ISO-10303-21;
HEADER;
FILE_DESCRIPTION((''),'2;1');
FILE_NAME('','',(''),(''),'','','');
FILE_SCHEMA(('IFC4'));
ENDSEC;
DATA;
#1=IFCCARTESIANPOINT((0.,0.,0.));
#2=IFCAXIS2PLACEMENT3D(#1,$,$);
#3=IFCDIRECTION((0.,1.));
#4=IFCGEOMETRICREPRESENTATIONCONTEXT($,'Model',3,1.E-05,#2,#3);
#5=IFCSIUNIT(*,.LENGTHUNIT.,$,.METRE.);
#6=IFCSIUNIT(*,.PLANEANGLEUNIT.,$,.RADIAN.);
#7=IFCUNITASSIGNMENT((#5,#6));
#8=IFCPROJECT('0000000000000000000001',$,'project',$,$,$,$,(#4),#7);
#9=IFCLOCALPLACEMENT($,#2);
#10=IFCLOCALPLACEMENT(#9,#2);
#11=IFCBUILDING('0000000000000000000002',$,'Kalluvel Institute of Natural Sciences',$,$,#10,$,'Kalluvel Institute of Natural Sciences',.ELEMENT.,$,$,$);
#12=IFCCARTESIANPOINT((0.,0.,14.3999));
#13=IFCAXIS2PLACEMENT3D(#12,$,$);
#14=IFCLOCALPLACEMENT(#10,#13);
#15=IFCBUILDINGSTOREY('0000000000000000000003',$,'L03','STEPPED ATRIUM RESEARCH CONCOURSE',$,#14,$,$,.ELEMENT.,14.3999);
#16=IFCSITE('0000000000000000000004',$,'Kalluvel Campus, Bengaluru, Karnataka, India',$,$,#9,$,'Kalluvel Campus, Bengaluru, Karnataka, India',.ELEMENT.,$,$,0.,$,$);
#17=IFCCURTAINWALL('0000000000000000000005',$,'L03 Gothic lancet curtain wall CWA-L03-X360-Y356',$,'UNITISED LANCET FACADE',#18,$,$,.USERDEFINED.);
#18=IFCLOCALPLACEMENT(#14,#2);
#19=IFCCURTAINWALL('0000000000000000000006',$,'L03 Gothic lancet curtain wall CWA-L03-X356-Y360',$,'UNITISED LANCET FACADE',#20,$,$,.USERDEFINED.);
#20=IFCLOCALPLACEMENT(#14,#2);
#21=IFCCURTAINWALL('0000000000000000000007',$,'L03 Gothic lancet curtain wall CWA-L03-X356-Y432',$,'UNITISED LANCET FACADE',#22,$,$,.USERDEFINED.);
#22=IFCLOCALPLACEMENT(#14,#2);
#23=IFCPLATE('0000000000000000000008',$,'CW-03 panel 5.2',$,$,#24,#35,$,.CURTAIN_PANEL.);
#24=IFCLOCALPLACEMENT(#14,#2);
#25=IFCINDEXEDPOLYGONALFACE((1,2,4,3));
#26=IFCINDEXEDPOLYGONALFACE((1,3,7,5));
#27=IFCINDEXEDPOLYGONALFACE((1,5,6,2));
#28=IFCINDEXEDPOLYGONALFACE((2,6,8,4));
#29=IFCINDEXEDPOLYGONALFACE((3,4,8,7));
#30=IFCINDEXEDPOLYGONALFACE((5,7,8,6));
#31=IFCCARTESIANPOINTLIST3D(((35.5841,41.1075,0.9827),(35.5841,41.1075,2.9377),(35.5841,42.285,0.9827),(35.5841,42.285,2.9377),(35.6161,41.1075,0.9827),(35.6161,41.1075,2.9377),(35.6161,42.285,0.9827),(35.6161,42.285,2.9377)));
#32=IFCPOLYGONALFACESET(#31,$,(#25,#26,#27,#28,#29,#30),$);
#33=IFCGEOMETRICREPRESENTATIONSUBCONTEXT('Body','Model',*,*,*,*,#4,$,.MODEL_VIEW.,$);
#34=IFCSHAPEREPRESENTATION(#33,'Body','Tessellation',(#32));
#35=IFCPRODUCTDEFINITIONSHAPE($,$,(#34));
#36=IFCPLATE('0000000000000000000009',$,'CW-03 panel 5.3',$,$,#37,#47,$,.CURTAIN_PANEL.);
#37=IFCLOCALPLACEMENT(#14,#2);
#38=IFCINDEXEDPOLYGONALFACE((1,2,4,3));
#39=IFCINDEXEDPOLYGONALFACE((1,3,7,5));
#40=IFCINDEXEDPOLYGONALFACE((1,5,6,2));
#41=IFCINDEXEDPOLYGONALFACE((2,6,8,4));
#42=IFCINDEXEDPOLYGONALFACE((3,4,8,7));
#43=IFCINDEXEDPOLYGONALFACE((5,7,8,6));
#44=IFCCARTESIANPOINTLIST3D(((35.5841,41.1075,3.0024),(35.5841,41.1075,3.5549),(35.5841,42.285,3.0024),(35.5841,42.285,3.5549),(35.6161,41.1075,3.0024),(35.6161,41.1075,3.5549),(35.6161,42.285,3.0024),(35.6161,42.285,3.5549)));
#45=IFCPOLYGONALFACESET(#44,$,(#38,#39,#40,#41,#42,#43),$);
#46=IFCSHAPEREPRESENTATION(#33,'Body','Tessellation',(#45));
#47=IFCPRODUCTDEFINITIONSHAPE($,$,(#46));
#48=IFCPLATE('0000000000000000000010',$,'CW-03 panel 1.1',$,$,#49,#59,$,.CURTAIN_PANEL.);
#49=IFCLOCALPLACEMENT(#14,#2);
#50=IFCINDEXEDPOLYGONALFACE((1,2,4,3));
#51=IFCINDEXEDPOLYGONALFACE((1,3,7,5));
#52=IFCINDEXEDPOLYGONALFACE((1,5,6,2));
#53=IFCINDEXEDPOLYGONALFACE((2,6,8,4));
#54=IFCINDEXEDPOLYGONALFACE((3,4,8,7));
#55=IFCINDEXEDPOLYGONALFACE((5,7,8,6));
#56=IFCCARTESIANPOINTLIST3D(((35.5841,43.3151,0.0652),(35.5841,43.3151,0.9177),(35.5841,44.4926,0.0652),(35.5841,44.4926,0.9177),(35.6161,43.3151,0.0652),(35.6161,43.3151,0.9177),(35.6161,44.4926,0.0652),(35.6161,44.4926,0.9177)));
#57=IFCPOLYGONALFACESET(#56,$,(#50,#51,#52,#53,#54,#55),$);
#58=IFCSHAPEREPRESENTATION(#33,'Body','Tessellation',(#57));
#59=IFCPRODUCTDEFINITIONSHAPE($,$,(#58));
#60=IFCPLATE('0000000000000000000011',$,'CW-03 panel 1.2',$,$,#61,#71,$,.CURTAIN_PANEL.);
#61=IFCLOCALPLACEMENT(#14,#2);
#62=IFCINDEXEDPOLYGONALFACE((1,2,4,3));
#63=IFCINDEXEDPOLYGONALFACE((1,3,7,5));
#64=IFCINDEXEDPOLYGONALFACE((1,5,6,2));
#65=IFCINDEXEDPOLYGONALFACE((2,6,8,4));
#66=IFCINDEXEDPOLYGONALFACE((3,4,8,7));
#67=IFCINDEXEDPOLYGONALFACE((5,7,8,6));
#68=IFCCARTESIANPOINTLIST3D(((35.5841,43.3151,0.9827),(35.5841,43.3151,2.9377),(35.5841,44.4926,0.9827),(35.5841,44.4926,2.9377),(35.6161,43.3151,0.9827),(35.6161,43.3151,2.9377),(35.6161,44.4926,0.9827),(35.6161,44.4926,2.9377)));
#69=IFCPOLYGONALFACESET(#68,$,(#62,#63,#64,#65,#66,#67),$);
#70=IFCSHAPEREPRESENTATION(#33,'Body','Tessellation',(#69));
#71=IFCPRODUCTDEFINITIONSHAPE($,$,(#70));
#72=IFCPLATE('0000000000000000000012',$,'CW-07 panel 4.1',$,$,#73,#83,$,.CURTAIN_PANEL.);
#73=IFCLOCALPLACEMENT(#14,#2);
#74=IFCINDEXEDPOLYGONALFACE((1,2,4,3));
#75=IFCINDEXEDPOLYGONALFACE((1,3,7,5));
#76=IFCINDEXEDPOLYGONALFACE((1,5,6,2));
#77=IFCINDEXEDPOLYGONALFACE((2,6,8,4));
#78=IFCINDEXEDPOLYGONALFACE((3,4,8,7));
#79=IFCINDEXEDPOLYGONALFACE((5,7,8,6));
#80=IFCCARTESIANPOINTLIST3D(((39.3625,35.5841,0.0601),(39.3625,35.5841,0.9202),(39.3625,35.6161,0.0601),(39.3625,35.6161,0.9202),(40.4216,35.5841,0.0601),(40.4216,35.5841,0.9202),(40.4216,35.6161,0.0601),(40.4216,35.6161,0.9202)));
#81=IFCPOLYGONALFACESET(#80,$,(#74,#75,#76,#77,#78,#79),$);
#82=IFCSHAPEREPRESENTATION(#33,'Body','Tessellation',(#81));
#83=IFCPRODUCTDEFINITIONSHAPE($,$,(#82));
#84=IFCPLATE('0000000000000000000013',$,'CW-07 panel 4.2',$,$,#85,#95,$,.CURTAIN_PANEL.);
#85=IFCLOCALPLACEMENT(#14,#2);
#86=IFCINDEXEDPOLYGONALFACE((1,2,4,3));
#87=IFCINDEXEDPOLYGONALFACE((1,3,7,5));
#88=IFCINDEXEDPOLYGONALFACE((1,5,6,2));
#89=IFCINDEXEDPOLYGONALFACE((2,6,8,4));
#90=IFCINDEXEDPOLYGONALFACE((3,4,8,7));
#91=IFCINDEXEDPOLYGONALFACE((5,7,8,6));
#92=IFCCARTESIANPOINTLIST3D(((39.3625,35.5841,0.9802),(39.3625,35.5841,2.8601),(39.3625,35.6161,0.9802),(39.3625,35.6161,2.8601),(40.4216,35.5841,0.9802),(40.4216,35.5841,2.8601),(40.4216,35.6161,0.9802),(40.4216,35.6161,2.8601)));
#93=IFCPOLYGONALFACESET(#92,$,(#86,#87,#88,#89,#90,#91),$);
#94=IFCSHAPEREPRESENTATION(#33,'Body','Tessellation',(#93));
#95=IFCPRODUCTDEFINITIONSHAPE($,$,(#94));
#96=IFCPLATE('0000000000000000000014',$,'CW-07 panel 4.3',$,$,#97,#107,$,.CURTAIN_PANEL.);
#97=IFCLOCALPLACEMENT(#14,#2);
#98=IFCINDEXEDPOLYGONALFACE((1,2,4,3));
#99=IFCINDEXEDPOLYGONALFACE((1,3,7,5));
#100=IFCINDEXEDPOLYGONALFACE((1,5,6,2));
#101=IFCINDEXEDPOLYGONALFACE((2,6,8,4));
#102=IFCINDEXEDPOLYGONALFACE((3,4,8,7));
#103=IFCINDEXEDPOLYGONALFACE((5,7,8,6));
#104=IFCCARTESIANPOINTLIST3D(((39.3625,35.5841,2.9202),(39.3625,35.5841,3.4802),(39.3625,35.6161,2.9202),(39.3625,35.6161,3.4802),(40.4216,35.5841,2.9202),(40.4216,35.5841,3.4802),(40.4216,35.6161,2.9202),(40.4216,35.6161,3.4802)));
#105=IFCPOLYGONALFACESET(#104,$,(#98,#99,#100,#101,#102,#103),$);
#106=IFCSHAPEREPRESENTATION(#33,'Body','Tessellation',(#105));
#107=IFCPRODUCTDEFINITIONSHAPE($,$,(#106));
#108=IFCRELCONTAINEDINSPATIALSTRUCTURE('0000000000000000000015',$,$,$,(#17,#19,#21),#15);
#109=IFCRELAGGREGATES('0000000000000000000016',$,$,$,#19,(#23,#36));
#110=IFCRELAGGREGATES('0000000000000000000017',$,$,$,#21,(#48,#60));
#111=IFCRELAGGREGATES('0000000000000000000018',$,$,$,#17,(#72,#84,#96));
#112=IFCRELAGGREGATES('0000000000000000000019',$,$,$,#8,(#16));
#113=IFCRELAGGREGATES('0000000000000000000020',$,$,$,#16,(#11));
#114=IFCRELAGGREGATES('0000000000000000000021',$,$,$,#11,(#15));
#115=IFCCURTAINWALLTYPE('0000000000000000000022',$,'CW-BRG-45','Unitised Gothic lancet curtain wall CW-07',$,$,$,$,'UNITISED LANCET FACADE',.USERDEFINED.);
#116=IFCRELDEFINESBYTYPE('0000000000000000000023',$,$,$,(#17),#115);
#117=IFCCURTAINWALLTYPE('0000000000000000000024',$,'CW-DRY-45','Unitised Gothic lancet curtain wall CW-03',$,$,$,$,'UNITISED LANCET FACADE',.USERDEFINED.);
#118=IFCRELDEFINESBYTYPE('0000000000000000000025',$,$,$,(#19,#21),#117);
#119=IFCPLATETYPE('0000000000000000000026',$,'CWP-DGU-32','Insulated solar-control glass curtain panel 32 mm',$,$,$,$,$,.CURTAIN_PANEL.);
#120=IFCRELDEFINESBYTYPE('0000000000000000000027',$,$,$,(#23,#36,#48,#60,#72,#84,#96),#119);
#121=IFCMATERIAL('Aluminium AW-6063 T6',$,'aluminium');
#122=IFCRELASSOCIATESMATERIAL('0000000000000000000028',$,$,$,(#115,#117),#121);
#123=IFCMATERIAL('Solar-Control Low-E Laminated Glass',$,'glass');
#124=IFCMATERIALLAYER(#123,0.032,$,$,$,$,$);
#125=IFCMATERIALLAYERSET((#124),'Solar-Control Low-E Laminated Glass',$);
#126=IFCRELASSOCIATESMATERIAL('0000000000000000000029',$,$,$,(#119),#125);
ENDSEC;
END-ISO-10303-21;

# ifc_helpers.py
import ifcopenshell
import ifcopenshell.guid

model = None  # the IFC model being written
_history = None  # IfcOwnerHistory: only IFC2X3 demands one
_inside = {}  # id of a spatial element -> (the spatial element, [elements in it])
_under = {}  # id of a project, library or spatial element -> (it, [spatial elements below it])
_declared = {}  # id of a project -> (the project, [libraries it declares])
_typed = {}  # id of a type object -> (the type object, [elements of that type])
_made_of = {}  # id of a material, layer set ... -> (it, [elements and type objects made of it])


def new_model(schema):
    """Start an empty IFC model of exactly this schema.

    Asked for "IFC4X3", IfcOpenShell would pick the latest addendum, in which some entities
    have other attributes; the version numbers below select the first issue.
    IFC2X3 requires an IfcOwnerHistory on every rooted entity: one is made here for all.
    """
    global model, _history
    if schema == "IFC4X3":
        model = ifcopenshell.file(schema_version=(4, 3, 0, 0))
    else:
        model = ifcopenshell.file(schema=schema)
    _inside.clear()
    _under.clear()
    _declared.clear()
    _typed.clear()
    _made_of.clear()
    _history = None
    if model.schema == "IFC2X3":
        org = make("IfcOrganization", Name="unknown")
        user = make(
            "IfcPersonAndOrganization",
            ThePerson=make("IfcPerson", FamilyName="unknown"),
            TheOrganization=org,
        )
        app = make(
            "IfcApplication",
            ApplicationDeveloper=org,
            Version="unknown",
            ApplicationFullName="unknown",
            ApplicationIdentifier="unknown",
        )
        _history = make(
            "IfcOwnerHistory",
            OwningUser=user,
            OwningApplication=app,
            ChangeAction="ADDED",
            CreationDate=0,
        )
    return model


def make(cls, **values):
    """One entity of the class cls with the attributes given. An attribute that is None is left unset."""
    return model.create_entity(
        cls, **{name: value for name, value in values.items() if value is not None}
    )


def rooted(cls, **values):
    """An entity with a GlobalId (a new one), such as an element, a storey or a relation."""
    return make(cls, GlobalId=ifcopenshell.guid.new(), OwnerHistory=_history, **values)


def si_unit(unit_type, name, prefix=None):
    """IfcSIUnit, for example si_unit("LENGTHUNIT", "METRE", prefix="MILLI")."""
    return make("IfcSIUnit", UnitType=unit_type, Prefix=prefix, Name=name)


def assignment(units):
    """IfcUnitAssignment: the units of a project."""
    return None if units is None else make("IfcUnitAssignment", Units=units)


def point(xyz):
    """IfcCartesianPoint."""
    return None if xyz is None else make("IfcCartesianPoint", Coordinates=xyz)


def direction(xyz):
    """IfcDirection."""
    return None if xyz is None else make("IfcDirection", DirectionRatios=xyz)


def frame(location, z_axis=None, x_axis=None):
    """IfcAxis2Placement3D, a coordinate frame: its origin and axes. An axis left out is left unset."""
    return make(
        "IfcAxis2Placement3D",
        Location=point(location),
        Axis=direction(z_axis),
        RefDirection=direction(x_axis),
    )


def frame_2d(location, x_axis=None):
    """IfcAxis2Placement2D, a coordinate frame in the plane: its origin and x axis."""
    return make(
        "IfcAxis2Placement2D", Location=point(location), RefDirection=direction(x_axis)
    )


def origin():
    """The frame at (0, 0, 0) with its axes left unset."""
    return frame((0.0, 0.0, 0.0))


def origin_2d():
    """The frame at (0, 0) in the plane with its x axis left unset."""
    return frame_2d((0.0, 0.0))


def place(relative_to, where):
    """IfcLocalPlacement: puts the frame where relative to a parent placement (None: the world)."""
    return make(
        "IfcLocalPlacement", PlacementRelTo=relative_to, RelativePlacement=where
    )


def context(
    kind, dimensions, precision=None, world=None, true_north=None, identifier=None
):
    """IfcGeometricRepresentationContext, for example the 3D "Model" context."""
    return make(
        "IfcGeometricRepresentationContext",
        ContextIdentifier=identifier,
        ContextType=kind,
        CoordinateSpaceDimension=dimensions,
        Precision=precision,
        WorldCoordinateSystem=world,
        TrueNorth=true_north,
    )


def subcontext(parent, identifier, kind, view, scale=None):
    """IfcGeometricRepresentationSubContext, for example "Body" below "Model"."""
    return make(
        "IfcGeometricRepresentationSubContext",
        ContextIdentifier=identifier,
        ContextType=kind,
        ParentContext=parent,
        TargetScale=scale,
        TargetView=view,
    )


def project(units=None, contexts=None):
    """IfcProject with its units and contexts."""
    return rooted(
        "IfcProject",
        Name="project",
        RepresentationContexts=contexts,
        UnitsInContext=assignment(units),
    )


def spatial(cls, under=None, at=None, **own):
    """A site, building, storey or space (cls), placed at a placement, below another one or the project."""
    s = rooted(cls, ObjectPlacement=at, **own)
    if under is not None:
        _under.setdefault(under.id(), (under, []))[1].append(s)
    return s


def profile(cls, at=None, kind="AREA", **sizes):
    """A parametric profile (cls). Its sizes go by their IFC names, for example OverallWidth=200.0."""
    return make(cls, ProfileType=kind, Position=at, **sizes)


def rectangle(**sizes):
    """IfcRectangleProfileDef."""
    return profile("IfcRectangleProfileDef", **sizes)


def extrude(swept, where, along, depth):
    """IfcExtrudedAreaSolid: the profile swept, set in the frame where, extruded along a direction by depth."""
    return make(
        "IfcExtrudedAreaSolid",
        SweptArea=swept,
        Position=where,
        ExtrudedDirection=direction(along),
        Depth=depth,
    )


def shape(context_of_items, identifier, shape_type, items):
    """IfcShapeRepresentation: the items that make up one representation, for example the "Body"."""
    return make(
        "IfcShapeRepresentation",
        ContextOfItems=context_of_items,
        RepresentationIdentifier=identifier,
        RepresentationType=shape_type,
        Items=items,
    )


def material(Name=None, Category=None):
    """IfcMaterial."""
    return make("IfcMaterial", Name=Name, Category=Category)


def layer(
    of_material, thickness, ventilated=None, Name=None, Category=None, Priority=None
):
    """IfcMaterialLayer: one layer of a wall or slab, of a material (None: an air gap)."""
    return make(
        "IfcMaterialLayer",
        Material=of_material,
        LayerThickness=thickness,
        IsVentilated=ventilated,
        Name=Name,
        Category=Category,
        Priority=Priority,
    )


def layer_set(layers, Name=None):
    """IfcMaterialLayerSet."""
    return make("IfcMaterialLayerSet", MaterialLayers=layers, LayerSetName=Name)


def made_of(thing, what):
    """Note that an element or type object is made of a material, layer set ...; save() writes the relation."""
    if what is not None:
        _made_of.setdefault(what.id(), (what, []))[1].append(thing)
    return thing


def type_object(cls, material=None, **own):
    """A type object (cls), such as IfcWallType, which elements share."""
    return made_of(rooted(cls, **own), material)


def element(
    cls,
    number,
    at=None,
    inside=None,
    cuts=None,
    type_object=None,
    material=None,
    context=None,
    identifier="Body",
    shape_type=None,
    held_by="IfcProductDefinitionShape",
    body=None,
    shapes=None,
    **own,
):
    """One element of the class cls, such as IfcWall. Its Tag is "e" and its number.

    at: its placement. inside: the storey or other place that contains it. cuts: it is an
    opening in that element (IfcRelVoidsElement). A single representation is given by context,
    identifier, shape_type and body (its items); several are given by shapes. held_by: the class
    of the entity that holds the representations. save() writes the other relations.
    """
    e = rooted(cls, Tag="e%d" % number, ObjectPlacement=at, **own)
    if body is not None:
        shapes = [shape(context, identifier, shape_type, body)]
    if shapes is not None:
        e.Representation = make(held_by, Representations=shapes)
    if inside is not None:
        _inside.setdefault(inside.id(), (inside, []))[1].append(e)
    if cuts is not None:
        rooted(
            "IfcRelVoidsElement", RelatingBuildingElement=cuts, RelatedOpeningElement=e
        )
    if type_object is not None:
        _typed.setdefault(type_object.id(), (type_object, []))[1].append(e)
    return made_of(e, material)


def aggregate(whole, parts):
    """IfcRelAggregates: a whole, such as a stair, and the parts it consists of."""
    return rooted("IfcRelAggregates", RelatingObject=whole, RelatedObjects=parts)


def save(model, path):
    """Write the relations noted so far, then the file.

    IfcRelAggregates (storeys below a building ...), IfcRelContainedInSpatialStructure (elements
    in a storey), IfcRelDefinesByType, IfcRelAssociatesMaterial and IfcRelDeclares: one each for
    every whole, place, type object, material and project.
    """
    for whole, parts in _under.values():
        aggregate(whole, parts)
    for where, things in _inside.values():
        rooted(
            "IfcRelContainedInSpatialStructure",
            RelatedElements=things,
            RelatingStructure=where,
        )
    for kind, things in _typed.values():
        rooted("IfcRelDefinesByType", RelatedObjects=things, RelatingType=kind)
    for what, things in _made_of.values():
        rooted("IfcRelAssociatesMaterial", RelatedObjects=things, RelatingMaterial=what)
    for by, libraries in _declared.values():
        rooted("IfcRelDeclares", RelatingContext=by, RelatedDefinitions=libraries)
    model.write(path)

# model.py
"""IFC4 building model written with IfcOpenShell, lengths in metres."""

from ifc_helpers import new_model, si_unit, direction, frame, origin, origin_2d, place, context, subcontext, project, spatial, rectangle, extrude, material, layer, layer_set, type_object, element, aggregate, save


model = new_model("IFC4")

# Units and contexts
model_context = context("Model", 3, precision=1e-05, world=origin(), true_north=direction((0.0, 1.0)))
body_context = subcontext(model_context, "Body", "Model", "MODEL_VIEW")
ifc_project = project(units=[si_unit("LENGTHUNIT", "METRE"), si_unit("PLANEANGLEUNIT", "RADIAN")], contexts=[model_context])

# Site, building, storey
site_placement = place(None, origin())
site = spatial("IfcSite", under=ifc_project, at=site_placement, Name="Kalluvel Campus, Bengaluru, Karnataka, India", LongName="Kalluvel Campus, Bengaluru, Karnataka, India", CompositionType="ELEMENT", RefElevation=0.0)
building_placement = place(site_placement, origin())
building = spatial("IfcBuilding", under=site, at=building_placement, Name="Kalluvel Institute of Natural Sciences", LongName="Kalluvel Institute of Natural Sciences", CompositionType="ELEMENT")
storey_placement = place(building_placement, frame((0.0, 0.0, 14.3999)))
storey = spatial("IfcBuildingStorey", under=building, at=storey_placement, Name="L03", Description="STEPPED ATRIUM RESEARCH CONCOURSE", CompositionType="ELEMENT", Elevation=14.3999)

# Curtain wall
ifc_material_1 = material(Name="Aluminium AW-6063 T6", Category="aluminium")
curtain_wall_type_1 = type_object("IfcCurtainWallType", Name="CW-BRG-45", Description="Unitised Gothic lancet curtain wall CW-07", ElementType="UNITISED LANCET FACADE", PredefinedType="USERDEFINED", material=ifc_material_1)
curtain_wall_1_placement = place(storey_placement, origin())
curtain_wall_1 = element("IfcCurtainWall", 1, at=curtain_wall_1_placement, inside=storey, type_object=curtain_wall_type_1, Name="L03 Gothic lancet curtain wall CWA-L03-X360-Y356", ObjectType="UNITISED LANCET FACADE", PredefinedType="USERDEFINED")

# Curtain walls
curtain_wall_type_2 = type_object("IfcCurtainWallType", Name="CW-DRY-45", Description="Unitised Gothic lancet curtain wall CW-03", ElementType="UNITISED LANCET FACADE", PredefinedType="USERDEFINED", material=ifc_material_1)
curtain_wall_2_placement = place(storey_placement, origin())
curtain_wall_2 = element("IfcCurtainWall", 2, at=curtain_wall_2_placement, inside=storey, type_object=curtain_wall_type_2, Name="L03 Gothic lancet curtain wall CWA-L03-X356-Y360", ObjectType="UNITISED LANCET FACADE", PredefinedType="USERDEFINED")
curtain_wall_3_placement = place(storey_placement, origin())
curtain_wall_3 = element("IfcCurtainWall", 3, at=curtain_wall_3_placement, inside=storey, type_object=curtain_wall_type_2, Name="L03 Gothic lancet curtain wall CWA-L03-X356-Y432", ObjectType="UNITISED LANCET FACADE", PredefinedType="USERDEFINED")

# Plates
ifc_material_2 = material(Name="Solar-Control Low-E Laminated Glass", Category="glass")
ifc_layer = layer(ifc_material_2, 0.032)
ifc_layer_set = layer_set([ifc_layer], Name="Solar-Control Low-E Laminated Glass")
plate_type = type_object("IfcPlateType", Name="CWP-DGU-32", Description="Insulated solar-control glass curtain panel 32 mm", PredefinedType="CURTAIN_PANEL", material=ifc_layer_set)
plate_1_placement = place(storey_placement, frame((35.6001, 41.6963, 0.9827), z_axis=(0.0, 0.0, 1.0), x_axis=(0.0, 1.0, 0.0)))
plate_1 = element("IfcPlate", 4, at=plate_1_placement, type_object=plate_type, Name="CW-03 panel 5.2", PredefinedType="CURTAIN_PANEL", context=body_context, shape_type="SweptSolid", body=[
    extrude(rectangle(XDim=1.1775, YDim=0.032, at=origin_2d()), origin(), (0.0, 0.0, 1.0), 1.9551),
])
plate_2_placement = place(storey_placement, frame((35.6001, 41.6963, 3.0024), z_axis=(0.0, 0.0, 1.0), x_axis=(0.0, 1.0, 0.0)))
plate_2 = element("IfcPlate", 5, at=plate_2_placement, type_object=plate_type, Name="CW-03 panel 5.3", PredefinedType="CURTAIN_PANEL", context=body_context, shape_type="SweptSolid", body=[
    extrude(rectangle(XDim=1.1775, YDim=0.032, at=origin_2d()), origin(), (0.0, 0.0, 1.0), 0.5525),
])
aggregate(curtain_wall_2, [plate_1, plate_2])
plate_3_placement = place(storey_placement, frame((35.6001, 43.9038, 0.0652), z_axis=(0.0, 0.0, 1.0), x_axis=(0.0, 1.0, 0.0)))
plate_3 = element("IfcPlate", 6, at=plate_3_placement, type_object=plate_type, Name="CW-03 panel 1.1", PredefinedType="CURTAIN_PANEL", context=body_context, shape_type="SweptSolid", body=[
    extrude(rectangle(XDim=1.1775, YDim=0.032, at=origin_2d()), origin(), (0.0, 0.0, 1.0), 0.8525),
])
plate_4_placement = place(storey_placement, frame((35.6001, 43.9038, 0.9827), z_axis=(0.0, 0.0, 1.0), x_axis=(0.0, 1.0, 0.0)))
plate_4 = element("IfcPlate", 7, at=plate_4_placement, type_object=plate_type, Name="CW-03 panel 1.2", PredefinedType="CURTAIN_PANEL", context=body_context, shape_type="SweptSolid", body=[
    extrude(rectangle(XDim=1.1775, YDim=0.032, at=origin_2d()), origin(), (0.0, 0.0, 1.0), 1.9551),
])
aggregate(curtain_wall_3, [plate_3, plate_4])
plate_5_placement = place(storey_placement, frame((39.8921, 35.6001, 0.0601), z_axis=(0.0, 0.0, 1.0), x_axis=(1.0, 0.0, 0.0)))
plate_5 = element("IfcPlate", 8, at=plate_5_placement, type_object=plate_type, Name="CW-07 panel 4.1", PredefinedType="CURTAIN_PANEL", context=body_context, shape_type="SweptSolid", body=[
    extrude(rectangle(XDim=1.0591, YDim=0.032, at=origin_2d()), origin(), (0.0, 0.0, 1.0), 0.8601),
])
plate_6_placement = place(storey_placement, frame((39.8921, 35.6001, 0.9802), z_axis=(0.0, 0.0, 1.0), x_axis=(1.0, 0.0, 0.0)))
plate_6 = element("IfcPlate", 9, at=plate_6_placement, type_object=plate_type, Name="CW-07 panel 4.2", PredefinedType="CURTAIN_PANEL", context=body_context, shape_type="SweptSolid", body=[
    extrude(rectangle(XDim=1.0591, YDim=0.032, at=origin_2d()), origin(), (0.0, 0.0, 1.0), 1.8799),
])
plate_7_placement = place(storey_placement, frame((39.8921, 35.6001, 2.9202), z_axis=(0.0, 0.0, 1.0), x_axis=(1.0, 0.0, 0.0)))
plate_7 = element("IfcPlate", 10, at=plate_7_placement, type_object=plate_type, Name="CW-07 panel 4.3", PredefinedType="CURTAIN_PANEL", context=body_context, shape_type="SweptSolid", body=[
    extrude(rectangle(XDim=1.0591, YDim=0.032, at=origin_2d()), origin(), (0.0, 0.0, 1.0), 0.5601),
])
aggregate(curtain_wall_1, [plate_5, plate_6, plate_7])

save(model, "model.ifc")
